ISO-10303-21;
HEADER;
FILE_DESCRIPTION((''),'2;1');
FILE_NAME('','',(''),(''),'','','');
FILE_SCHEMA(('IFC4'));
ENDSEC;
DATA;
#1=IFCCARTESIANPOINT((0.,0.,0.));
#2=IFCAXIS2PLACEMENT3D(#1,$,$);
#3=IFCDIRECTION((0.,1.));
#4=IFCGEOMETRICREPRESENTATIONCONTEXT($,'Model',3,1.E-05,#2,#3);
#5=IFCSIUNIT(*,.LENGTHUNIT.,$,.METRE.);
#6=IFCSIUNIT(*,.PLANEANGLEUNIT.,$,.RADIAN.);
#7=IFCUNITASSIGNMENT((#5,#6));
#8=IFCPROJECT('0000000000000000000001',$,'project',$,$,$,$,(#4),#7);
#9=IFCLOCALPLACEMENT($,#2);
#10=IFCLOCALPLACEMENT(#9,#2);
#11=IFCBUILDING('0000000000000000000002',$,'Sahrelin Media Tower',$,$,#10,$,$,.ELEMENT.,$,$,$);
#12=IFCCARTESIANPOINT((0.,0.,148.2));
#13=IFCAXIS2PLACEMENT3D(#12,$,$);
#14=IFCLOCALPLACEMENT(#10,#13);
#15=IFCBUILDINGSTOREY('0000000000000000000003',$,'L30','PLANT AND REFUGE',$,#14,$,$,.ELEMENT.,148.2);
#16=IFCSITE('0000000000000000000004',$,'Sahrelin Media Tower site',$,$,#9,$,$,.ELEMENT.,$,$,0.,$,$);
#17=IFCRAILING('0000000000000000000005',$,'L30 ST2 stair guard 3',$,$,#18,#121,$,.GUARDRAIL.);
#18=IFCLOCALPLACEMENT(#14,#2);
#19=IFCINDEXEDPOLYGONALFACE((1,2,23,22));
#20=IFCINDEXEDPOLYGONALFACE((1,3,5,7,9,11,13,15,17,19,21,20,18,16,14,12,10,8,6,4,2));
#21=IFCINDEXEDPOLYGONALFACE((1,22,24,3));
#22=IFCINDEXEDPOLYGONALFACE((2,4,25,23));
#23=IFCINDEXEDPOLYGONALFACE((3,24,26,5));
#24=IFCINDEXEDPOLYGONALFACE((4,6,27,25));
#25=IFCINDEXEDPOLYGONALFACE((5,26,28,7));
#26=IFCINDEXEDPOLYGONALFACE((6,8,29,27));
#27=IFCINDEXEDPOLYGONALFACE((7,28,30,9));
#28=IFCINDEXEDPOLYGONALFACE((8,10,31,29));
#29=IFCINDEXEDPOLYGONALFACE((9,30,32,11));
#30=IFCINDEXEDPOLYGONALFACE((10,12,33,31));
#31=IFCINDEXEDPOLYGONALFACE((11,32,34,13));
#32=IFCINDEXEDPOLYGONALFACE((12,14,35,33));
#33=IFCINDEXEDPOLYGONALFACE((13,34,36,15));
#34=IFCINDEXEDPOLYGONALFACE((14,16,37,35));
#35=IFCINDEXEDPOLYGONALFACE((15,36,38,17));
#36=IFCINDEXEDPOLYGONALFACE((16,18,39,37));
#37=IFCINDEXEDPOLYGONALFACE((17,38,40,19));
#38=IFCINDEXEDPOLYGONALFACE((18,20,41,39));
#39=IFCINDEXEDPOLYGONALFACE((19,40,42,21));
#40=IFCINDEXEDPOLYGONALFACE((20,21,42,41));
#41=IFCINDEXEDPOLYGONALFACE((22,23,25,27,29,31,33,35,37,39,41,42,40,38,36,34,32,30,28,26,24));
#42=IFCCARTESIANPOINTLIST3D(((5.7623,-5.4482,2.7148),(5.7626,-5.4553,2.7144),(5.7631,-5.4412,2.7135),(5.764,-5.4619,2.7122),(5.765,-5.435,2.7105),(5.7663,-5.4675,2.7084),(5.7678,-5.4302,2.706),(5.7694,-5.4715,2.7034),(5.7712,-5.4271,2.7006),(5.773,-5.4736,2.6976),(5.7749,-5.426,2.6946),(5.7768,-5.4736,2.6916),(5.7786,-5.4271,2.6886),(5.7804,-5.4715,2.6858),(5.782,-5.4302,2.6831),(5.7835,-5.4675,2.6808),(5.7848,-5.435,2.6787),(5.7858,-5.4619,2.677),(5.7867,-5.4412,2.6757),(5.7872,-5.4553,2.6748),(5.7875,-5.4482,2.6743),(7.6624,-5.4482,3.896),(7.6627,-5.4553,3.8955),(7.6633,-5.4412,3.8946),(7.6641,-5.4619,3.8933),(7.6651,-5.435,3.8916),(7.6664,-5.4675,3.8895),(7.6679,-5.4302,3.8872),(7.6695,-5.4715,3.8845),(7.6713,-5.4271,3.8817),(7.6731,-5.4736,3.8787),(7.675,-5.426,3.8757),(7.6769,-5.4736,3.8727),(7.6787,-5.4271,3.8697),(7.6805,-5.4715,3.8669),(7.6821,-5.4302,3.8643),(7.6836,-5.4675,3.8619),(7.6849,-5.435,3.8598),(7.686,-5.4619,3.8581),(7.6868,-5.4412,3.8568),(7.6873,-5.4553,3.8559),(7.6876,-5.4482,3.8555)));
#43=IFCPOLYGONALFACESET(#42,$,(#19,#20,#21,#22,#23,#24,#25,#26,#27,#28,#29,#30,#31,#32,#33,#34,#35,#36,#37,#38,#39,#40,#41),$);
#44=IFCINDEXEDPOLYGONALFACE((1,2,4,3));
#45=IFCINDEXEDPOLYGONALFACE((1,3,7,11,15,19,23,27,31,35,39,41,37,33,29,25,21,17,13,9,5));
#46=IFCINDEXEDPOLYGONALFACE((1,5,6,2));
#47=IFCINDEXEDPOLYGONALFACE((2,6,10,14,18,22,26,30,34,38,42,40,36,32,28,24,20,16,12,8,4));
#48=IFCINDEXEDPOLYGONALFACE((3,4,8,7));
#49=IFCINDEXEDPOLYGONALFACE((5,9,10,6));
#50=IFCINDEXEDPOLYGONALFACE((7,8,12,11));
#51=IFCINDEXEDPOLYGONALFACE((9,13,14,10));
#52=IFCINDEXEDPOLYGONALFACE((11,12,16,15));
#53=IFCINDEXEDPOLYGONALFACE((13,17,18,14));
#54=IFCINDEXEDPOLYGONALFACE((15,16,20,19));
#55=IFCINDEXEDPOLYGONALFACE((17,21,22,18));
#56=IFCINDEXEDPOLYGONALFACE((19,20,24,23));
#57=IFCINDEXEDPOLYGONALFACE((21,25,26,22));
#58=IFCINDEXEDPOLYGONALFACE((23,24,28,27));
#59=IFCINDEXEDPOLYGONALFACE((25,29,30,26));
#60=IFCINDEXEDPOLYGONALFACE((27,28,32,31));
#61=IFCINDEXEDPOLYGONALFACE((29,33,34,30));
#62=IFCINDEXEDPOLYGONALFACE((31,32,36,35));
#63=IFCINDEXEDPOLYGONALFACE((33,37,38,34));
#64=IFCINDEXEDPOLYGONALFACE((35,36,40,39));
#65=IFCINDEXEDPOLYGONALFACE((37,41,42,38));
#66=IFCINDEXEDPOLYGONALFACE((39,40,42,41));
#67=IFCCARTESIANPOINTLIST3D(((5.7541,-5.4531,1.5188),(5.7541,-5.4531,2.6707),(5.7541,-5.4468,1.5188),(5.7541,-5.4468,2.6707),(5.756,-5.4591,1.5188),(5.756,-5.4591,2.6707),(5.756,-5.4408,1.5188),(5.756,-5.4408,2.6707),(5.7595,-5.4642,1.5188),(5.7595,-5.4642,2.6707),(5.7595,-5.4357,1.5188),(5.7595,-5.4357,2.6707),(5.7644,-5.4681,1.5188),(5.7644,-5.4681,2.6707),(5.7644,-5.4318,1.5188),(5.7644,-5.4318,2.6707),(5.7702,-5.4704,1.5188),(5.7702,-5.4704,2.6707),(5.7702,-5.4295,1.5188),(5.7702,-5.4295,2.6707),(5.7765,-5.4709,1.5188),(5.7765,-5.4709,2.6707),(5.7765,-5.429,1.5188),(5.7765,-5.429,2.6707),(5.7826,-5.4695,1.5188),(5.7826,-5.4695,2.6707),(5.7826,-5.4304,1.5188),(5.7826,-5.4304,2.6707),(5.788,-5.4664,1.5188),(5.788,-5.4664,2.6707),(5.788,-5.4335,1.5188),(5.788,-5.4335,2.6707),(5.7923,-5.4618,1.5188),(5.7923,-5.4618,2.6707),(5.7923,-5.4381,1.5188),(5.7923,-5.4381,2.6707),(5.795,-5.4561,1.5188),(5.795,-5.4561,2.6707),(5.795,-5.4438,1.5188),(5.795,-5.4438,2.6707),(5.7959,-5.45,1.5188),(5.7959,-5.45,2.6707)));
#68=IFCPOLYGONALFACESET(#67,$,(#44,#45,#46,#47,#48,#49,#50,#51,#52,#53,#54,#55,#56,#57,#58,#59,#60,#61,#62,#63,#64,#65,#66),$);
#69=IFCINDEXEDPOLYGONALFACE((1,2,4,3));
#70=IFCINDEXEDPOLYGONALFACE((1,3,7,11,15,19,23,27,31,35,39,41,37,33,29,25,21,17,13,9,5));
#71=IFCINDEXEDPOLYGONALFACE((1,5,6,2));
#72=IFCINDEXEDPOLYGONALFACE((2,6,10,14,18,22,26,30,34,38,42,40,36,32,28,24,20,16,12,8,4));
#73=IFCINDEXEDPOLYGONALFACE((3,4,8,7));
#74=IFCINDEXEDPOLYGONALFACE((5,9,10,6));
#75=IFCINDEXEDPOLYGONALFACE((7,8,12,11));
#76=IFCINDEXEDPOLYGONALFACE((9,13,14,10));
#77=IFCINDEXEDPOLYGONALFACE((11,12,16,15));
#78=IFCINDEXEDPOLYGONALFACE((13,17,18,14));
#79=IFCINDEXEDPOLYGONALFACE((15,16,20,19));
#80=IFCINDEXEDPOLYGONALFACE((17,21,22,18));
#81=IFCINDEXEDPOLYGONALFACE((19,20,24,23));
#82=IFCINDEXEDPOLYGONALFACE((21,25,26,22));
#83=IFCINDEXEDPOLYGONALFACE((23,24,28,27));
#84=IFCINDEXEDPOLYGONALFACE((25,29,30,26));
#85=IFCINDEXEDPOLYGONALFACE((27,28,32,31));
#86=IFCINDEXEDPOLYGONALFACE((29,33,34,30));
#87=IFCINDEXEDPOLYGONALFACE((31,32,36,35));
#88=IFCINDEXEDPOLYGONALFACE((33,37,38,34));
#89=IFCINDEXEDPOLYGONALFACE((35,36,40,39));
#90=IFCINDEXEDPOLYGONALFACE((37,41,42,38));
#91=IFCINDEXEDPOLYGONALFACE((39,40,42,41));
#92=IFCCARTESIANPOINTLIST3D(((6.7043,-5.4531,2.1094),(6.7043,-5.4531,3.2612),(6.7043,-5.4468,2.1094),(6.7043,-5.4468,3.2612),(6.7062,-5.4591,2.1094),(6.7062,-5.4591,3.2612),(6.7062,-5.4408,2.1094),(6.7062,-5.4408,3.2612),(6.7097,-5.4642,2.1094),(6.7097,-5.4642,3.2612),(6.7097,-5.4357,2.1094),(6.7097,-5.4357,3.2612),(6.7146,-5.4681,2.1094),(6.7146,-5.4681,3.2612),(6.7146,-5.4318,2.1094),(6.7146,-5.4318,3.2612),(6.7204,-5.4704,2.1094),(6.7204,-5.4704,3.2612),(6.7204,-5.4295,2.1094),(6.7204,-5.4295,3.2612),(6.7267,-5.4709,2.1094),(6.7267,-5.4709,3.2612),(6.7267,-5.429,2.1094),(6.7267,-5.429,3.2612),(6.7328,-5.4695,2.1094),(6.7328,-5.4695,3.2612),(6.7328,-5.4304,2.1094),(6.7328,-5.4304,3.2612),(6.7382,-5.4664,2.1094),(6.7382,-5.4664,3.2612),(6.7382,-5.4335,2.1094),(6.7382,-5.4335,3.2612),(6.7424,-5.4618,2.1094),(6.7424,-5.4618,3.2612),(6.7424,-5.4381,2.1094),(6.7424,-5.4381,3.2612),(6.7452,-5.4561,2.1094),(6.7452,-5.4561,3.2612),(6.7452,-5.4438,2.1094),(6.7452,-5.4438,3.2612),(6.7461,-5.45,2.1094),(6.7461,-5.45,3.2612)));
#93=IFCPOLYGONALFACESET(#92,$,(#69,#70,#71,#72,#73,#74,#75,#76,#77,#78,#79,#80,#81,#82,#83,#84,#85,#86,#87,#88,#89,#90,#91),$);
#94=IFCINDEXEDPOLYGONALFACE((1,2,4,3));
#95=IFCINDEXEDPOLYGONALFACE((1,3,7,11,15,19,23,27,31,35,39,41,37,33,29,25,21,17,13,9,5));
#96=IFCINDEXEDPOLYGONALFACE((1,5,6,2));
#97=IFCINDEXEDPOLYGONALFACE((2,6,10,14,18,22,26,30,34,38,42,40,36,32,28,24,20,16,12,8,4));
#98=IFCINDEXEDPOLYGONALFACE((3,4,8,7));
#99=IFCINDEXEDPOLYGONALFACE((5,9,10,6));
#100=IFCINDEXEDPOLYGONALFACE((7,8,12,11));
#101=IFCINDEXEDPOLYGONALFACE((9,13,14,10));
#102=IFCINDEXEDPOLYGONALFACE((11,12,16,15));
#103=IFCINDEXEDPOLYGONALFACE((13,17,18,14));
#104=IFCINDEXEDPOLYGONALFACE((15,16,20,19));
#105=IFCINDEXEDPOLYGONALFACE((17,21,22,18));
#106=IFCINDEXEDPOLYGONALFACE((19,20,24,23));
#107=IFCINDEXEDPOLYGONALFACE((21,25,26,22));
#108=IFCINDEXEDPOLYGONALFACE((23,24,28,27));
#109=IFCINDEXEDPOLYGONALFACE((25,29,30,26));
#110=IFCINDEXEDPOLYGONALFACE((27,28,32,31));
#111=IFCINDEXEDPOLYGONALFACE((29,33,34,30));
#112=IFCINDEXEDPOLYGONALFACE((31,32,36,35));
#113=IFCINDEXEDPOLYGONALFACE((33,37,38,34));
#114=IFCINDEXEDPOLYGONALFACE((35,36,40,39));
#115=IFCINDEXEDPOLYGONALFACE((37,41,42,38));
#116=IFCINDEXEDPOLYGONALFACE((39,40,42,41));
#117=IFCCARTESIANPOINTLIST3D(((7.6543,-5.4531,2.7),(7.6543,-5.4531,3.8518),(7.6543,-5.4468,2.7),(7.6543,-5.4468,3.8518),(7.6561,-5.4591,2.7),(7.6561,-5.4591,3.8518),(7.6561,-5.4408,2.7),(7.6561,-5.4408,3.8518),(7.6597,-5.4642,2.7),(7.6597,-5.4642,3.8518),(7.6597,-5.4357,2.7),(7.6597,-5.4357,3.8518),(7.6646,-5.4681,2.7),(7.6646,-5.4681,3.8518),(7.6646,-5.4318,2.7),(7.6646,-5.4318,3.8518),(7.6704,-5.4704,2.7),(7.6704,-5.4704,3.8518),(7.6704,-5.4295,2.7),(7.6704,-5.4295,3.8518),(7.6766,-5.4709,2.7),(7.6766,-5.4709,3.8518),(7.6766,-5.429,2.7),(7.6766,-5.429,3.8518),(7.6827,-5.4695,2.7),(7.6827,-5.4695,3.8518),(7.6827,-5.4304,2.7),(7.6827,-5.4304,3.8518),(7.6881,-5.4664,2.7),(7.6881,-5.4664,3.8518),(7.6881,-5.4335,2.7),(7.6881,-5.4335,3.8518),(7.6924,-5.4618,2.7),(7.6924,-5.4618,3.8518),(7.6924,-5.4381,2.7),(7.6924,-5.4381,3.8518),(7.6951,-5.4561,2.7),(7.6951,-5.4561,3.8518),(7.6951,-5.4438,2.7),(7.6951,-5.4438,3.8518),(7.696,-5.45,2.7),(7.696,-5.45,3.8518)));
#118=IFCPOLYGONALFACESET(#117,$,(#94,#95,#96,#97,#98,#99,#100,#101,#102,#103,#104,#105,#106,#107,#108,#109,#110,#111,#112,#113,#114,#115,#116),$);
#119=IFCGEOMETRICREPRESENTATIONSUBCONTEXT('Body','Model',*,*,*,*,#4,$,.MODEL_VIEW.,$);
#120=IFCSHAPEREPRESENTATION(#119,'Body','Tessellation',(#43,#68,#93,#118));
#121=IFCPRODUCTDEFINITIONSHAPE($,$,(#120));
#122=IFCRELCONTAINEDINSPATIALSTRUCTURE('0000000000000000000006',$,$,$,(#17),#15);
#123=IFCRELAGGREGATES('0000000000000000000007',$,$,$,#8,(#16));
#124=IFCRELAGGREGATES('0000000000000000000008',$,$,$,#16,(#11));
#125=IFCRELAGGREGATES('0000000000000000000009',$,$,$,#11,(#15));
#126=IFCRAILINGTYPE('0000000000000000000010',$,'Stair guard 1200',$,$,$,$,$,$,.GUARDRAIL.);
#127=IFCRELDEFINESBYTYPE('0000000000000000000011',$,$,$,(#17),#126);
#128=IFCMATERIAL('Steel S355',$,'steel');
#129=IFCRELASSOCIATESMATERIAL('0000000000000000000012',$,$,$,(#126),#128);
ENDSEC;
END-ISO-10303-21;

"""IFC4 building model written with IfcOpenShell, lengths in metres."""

from ifc_helpers import new_model, si_unit, direction, frame, origin, origin_2d, place, context, subcontext, project, spatial, circle, extrude, material, type_object, element, save


model = new_model("IFC4")

# Units and contexts
model_context = context("Model", 3, precision=1e-05, world=origin(), true_north=direction((0.0, 1.0)))
body_context = subcontext(model_context, "Body", "Model", "MODEL_VIEW")
ifc_project = project(units=[si_unit("LENGTHUNIT", "METRE"), si_unit("PLANEANGLEUNIT", "RADIAN")], contexts=[model_context])

# Site, building, storey
site_placement = place(None, origin())
site = spatial("IfcSite", under=ifc_project, at=site_placement, Name="Sahrelin Media Tower site", CompositionType="ELEMENT", RefElevation=0.0)
building_placement = place(site_placement, origin())
building = spatial("IfcBuilding", under=site, at=building_placement, Name="Sahrelin Media Tower", CompositionType="ELEMENT")
storey_placement = place(building_placement, frame((0.0, 0.0, 148.2)))
storey = spatial("IfcBuildingStorey", under=building, at=storey_placement, Name="L30", Description="PLANT AND REFUGE", CompositionType="ELEMENT", Elevation=148.2)

# Shared definitions
ifc_material_1 = material(Name="Steel S355", Category="steel")

# Railing
railing_type_1 = type_object("IfcRailingType", Name="Stair guard 1200", PredefinedType="GUARDRAIL", material=ifc_material_1)
railing_1_placement = place(storey_placement, frame((5.7749, -5.45, 1.5188)))
element("IfcRailing", 1, at=railing_1_placement, inside=storey, type_object=railing_type_1, Name="L30 ST2 stair guard 3", PredefinedType="GUARDRAIL", context=body_context, shape_type="SweptSolid", body=[
    extrude(circle(Radius=0.0239, at=origin_2d()), frame((0.0, 0.0, 1.1758), z_axis=(0.849289, 0.0, 0.527928), x_axis=(0.0, 1.0, 0.0)), (0.0, 0.0, 1.0), 2.2373),
    extrude(circle(Radius=0.021, at=origin_2d()), origin(), (0.0, 0.0, 1.0), 1.1519),
    extrude(circle(Radius=0.021, at=origin_2d()), frame((0.9502, 0.0, 0.5906)), (0.0, 0.0, 1.0), 1.1519),
    extrude(circle(Radius=0.021, at=origin_2d()), frame((1.9001, 0.0, 1.1812)), (0.0, 0.0, 1.0), 1.1519),
])

save(model, "model.ifc")
